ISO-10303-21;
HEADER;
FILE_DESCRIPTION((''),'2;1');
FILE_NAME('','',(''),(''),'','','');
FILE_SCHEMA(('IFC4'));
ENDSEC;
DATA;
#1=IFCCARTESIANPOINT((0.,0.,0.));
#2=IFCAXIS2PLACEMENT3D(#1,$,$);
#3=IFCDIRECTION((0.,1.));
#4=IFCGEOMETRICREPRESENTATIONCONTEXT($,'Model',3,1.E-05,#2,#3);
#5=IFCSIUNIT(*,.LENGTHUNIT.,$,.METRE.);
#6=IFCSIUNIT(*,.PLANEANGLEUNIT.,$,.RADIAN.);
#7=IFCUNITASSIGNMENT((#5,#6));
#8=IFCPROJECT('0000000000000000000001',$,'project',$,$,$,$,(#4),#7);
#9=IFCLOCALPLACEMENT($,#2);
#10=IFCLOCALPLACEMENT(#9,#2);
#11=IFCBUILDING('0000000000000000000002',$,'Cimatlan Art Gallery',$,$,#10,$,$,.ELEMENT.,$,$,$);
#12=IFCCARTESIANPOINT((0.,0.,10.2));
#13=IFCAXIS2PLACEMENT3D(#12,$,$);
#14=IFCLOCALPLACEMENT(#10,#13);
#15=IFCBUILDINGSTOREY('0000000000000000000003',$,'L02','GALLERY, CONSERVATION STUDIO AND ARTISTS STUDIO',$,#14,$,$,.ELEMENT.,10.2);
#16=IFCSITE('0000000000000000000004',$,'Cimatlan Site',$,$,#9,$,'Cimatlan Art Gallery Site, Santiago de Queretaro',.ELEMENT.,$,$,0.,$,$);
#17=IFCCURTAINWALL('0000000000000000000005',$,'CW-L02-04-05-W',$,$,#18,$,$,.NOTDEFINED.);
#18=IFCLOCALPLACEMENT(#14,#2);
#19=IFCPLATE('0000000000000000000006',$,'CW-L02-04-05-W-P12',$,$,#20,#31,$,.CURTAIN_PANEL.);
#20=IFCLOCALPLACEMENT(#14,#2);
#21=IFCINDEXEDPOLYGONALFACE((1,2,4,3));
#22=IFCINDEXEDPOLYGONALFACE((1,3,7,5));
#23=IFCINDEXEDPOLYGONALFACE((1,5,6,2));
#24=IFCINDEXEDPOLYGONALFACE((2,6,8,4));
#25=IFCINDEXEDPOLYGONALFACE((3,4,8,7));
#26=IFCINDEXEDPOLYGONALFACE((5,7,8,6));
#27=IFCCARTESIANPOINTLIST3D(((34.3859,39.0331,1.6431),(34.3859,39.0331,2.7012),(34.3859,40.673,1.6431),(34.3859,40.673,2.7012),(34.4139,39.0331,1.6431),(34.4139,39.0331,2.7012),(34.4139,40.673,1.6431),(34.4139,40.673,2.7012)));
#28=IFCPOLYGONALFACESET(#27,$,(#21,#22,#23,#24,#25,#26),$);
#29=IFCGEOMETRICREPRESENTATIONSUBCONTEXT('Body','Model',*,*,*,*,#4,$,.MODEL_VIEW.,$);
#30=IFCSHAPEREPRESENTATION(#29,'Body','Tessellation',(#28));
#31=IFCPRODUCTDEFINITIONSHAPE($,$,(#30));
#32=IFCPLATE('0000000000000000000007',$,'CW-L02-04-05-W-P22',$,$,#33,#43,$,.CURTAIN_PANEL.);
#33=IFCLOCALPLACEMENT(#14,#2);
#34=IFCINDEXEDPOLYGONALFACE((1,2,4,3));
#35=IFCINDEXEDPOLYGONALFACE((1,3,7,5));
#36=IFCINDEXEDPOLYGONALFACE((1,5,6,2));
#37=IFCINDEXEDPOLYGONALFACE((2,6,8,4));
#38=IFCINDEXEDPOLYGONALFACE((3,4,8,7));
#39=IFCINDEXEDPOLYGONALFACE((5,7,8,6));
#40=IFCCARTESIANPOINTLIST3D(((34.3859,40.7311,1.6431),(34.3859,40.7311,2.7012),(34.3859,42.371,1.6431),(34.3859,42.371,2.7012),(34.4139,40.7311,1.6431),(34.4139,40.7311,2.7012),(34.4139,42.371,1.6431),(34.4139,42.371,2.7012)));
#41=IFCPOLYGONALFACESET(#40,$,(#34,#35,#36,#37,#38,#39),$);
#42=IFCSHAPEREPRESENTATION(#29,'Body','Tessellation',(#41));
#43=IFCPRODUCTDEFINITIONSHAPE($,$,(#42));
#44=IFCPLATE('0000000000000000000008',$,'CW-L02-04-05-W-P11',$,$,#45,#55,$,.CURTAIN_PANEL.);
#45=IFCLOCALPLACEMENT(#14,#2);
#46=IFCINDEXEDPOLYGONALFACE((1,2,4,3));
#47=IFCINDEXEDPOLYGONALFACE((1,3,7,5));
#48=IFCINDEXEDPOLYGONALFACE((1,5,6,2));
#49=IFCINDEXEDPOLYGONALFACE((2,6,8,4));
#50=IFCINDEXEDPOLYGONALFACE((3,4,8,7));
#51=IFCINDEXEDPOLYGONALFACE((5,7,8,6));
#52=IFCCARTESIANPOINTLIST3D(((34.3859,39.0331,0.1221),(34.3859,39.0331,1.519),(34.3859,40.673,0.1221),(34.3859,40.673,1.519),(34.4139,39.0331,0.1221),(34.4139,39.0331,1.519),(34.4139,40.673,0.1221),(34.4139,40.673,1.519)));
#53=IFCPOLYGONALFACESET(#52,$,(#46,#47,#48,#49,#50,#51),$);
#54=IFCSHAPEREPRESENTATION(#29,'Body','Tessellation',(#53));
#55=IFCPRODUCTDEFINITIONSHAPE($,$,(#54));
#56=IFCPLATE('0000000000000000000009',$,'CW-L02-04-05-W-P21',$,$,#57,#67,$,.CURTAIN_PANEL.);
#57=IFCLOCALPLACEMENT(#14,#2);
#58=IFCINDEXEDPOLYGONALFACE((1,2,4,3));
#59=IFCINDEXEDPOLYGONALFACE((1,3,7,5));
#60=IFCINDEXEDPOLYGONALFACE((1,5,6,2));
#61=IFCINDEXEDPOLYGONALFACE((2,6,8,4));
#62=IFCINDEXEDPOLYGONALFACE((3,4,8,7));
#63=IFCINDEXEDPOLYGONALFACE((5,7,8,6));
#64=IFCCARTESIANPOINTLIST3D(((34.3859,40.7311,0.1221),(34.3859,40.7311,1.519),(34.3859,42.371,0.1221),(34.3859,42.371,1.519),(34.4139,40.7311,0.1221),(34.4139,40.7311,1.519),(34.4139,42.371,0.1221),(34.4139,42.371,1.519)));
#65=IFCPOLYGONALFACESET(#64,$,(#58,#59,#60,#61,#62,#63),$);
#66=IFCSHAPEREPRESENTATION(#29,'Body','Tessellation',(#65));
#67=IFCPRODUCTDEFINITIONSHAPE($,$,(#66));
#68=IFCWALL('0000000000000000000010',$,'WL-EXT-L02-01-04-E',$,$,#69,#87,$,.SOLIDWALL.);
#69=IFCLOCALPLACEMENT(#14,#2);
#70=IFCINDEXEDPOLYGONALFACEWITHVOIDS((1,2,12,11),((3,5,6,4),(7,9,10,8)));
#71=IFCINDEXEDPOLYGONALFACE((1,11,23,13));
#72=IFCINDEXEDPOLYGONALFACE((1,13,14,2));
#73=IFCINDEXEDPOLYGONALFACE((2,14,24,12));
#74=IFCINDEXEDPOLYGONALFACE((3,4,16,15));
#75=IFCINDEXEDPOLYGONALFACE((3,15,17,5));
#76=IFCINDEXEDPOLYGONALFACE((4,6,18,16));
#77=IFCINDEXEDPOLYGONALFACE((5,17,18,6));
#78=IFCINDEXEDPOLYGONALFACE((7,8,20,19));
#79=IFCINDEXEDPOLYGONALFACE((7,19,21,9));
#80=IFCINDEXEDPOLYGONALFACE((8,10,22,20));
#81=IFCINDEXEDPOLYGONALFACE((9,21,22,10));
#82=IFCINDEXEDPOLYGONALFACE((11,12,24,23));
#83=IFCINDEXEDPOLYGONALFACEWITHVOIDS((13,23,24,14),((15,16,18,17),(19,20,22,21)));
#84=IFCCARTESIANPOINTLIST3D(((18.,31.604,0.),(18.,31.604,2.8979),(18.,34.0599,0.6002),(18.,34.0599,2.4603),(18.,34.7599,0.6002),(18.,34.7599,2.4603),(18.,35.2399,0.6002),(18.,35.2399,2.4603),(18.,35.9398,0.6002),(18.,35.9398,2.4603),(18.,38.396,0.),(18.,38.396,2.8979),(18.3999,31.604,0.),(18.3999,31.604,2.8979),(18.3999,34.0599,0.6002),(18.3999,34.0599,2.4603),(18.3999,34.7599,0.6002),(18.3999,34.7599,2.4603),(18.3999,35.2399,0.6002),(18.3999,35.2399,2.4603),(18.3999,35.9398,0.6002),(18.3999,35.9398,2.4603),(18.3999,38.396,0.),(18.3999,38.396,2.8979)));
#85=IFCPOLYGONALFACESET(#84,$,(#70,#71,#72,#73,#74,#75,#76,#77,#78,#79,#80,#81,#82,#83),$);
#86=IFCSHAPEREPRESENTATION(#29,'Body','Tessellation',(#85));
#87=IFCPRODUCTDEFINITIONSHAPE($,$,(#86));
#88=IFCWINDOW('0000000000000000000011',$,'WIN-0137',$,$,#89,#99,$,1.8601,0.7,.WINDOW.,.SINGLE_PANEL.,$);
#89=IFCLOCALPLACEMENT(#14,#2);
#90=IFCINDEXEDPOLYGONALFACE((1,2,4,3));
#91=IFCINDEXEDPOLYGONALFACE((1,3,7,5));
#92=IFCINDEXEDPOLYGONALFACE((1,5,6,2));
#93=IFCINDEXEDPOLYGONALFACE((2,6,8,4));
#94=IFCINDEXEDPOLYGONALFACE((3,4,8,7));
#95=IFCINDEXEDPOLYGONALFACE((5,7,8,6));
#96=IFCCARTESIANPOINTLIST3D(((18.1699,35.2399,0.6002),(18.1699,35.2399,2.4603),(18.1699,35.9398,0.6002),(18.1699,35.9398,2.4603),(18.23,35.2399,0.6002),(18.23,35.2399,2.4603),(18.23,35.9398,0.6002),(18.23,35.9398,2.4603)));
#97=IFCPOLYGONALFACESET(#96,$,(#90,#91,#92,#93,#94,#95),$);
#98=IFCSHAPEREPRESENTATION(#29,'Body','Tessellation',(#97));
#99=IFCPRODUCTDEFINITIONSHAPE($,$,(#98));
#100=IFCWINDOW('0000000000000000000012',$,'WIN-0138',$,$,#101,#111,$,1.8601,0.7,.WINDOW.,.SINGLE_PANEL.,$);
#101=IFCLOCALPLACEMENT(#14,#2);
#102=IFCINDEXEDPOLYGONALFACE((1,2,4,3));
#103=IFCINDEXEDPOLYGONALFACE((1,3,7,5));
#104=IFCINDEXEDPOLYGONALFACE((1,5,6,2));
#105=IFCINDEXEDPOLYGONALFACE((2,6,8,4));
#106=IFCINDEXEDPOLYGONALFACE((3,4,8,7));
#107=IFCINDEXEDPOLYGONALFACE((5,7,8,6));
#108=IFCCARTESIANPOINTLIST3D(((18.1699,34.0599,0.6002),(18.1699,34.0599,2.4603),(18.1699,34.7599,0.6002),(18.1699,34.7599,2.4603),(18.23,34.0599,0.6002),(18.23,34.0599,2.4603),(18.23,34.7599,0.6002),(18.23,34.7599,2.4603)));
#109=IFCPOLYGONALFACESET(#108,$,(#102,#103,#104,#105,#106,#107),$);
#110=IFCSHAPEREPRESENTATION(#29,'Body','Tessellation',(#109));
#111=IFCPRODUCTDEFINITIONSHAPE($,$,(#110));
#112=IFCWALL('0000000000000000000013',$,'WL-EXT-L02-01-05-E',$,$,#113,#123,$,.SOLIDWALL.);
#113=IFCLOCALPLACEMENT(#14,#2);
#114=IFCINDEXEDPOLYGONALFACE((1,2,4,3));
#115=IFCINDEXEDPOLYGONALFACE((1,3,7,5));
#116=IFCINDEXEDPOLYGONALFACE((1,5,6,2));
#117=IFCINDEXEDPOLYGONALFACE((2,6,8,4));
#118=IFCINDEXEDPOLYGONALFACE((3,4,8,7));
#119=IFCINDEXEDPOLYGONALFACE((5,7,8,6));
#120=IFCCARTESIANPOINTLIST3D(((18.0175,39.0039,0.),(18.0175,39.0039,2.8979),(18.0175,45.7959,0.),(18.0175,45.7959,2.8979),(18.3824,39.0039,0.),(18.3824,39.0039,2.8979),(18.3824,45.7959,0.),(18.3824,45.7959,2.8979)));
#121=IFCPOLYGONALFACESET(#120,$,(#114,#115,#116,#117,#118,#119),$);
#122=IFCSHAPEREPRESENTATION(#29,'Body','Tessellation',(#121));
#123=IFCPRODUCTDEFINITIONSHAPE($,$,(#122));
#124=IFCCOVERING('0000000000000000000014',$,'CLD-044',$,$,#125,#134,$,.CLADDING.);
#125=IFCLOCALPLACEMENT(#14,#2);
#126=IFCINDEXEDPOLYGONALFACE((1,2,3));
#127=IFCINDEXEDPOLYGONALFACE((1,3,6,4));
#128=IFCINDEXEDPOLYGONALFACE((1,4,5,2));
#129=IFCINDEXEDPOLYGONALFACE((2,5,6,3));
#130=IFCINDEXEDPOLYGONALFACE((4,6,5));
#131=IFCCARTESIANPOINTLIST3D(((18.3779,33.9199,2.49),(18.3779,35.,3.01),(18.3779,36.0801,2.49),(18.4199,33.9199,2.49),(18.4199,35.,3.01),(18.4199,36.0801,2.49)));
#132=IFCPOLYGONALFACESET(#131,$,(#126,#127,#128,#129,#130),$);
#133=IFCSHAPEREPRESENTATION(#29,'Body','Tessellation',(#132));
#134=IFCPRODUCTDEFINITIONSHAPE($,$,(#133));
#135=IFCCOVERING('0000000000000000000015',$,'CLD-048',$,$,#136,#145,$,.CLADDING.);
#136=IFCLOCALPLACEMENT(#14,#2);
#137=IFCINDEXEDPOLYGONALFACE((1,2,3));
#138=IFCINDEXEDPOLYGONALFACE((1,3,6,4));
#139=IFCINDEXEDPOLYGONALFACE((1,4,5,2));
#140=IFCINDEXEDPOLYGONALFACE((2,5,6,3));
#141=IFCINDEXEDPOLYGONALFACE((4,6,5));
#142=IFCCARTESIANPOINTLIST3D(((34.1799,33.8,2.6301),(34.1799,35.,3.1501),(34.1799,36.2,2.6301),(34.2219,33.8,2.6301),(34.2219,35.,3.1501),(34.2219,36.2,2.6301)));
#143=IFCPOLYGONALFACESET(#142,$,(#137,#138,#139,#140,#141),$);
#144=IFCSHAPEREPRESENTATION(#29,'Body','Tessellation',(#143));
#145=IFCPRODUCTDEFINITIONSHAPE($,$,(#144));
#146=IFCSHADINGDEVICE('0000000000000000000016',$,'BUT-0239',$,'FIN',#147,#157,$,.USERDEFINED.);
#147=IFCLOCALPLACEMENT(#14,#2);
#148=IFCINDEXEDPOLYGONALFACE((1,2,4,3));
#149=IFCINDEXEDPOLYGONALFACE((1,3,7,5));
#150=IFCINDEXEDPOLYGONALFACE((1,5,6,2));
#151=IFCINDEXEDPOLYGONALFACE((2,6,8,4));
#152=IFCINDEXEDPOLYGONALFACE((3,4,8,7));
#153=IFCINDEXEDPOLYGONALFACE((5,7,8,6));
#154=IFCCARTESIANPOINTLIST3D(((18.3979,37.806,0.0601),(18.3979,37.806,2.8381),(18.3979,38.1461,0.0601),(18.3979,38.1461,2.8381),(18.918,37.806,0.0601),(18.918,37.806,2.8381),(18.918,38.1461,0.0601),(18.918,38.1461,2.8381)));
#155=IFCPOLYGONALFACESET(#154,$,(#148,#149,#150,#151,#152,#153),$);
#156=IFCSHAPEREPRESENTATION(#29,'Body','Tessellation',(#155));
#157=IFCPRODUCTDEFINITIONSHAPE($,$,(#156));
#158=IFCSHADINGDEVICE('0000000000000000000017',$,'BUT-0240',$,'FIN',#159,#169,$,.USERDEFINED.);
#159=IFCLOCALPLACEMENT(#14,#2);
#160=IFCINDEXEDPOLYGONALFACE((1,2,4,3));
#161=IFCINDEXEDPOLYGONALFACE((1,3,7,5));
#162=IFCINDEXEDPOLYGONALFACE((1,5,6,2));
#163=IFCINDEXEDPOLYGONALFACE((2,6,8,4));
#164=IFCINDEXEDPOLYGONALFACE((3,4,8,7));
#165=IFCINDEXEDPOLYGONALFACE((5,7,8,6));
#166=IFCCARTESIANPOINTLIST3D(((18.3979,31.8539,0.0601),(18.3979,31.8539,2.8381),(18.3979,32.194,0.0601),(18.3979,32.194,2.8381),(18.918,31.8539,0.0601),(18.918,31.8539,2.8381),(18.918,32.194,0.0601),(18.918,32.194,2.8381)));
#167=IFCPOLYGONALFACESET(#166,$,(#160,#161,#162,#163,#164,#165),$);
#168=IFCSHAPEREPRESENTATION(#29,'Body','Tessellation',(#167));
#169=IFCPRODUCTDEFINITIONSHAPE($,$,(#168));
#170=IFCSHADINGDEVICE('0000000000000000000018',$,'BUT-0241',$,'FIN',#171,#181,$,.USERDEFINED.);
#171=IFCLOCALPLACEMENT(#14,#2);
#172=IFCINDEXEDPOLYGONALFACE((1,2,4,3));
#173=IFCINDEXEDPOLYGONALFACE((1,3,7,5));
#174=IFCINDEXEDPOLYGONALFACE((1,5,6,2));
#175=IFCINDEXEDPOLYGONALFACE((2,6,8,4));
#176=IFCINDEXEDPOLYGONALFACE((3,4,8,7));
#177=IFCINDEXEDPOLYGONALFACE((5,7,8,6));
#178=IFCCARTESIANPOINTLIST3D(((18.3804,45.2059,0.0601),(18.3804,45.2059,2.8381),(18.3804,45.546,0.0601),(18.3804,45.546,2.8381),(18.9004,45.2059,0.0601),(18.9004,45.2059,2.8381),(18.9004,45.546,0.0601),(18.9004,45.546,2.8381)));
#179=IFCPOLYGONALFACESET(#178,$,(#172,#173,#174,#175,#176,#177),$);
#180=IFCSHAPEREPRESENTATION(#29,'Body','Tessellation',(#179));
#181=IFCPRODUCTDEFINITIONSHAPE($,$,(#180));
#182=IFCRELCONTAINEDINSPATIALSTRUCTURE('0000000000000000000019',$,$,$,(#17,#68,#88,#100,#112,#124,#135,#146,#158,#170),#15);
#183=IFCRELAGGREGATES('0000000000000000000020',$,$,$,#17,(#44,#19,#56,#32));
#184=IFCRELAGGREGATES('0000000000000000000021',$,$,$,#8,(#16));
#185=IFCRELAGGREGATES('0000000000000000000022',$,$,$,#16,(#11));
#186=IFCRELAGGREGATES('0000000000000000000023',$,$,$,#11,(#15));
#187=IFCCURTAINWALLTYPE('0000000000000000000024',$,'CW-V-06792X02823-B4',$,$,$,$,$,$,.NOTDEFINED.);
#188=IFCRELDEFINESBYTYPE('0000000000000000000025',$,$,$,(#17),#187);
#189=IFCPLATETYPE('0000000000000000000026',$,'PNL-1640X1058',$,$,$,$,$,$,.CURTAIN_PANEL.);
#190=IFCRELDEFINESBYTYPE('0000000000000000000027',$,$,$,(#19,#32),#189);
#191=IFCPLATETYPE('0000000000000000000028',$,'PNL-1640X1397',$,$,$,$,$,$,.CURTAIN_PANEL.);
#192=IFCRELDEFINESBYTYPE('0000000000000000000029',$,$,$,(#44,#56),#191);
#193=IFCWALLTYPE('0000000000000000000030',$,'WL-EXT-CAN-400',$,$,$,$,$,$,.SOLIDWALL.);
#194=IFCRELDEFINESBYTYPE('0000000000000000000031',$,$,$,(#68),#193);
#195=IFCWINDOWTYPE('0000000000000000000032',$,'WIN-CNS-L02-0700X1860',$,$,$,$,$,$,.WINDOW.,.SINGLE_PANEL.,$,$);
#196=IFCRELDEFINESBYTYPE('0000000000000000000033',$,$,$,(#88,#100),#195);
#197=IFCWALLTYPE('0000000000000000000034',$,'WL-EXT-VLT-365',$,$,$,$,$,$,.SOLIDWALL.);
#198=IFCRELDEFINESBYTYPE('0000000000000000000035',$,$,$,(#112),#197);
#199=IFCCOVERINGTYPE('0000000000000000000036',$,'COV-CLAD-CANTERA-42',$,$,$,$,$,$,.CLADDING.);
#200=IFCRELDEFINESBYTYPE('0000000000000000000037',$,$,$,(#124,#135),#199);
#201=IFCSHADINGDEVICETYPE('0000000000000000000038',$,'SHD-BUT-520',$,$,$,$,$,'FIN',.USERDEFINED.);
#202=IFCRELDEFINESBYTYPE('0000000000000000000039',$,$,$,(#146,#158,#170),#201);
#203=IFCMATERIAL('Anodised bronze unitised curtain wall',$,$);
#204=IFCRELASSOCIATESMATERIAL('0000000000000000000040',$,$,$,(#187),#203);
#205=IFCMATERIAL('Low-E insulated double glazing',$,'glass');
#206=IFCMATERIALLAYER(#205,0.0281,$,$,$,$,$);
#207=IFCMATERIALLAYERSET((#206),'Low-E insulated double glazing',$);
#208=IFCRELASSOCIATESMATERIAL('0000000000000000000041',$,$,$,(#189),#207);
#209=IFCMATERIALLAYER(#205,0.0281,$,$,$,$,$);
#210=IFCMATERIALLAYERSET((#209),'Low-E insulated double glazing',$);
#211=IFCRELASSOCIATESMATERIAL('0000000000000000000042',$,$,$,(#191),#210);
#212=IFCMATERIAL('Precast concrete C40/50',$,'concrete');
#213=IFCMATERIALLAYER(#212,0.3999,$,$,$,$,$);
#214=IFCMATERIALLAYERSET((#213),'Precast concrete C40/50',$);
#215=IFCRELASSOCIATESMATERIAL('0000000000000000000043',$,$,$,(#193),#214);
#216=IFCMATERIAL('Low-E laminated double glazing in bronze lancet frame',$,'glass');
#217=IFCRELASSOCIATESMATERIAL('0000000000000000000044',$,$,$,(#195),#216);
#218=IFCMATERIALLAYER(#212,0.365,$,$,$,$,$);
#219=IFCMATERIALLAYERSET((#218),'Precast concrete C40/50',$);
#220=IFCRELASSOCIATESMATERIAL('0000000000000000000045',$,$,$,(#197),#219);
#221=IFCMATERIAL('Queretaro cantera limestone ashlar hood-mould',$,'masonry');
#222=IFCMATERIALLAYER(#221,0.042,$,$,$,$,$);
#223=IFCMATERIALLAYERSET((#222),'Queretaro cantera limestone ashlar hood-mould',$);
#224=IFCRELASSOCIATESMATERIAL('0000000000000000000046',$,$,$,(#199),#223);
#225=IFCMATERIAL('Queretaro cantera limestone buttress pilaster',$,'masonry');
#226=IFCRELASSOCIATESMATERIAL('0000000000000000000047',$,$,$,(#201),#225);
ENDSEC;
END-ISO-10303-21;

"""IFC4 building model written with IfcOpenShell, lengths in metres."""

from ifc_helpers import new_model, si_unit, direction, frame, frame_2d, origin, origin_2d, place, context, subcontext, project, spatial, polyline, rectangle, outline, extrude, material, layer, layer_set, type_object, element, fill, aggregate, save


model = new_model("IFC4")

# Units and contexts
model_context = context("Model", 3, precision=1e-05, world=origin(), true_north=direction((0.0, 1.0)))
body_context = subcontext(model_context, "Body", "Model", "MODEL_VIEW")
ifc_project = project(units=[si_unit("LENGTHUNIT", "METRE"), si_unit("PLANEANGLEUNIT", "RADIAN")], contexts=[model_context])

# Site, building, storey
site_placement = place(None, origin())
site = spatial("IfcSite", under=ifc_project, at=site_placement, Name="Cimatlan Site", LongName="Cimatlan Art Gallery Site, Santiago de Queretaro", CompositionType="ELEMENT", RefElevation=0.0)
building_placement = place(site_placement, origin())
building = spatial("IfcBuilding", under=site, at=building_placement, Name="Cimatlan Art Gallery", CompositionType="ELEMENT")
storey_placement = place(building_placement, frame((0.0, 0.0, 10.2)))
storey = spatial("IfcBuildingStorey", under=building, at=storey_placement, Name="L02", Description="GALLERY, CONSERVATION STUDIO AND ARTISTS STUDIO", CompositionType="ELEMENT", Elevation=10.2)

# Curtain wall, plates
ifc_material_1 = material(Name="Anodised bronze unitised curtain wall")
curtain_wall_type = type_object("IfcCurtainWallType", Name="CW-V-06792X02823-B4", PredefinedType="NOTDEFINED", material=ifc_material_1)
curtain_wall_placement = place(storey_placement, origin())
curtain_wall = element("IfcCurtainWall", 1, at=curtain_wall_placement, inside=storey, type_object=curtain_wall_type, Name="CW-L02-04-05-W", PredefinedType="NOTDEFINED")
ifc_material_2 = material(Name="Low-E insulated double glazing", Category="glass")
ifc_layer_1 = layer(ifc_material_2, 0.0281)
ifc_layer_set_1 = layer_set([ifc_layer_1], Name="Low-E insulated double glazing")
plate_type_1 = type_object("IfcPlateType", Name="PNL-1640X1058", PredefinedType="CURTAIN_PANEL", material=ifc_layer_set_1)
plate_1_placement = place(storey_placement, frame((34.3999, 39.853, 1.6431), z_axis=(0.0, 0.0, 1.0), x_axis=(0.0, 1.0, 0.0)))
plate_1 = element("IfcPlate", 2, at=plate_1_placement, type_object=plate_type_1, Name="CW-L02-04-05-W-P12", PredefinedType="CURTAIN_PANEL", context=body_context, shape_type="SweptSolid", body=[
    extrude(rectangle(XDim=1.6399, YDim=0.0281, at=origin_2d()), origin(), (0.0, 0.0, 1.0), 1.0581),
])
plate_2_placement = place(storey_placement, frame((34.3999, 41.551, 1.6431), z_axis=(0.0, 0.0, 1.0), x_axis=(0.0, 1.0, 0.0)))
plate_2 = element("IfcPlate", 3, at=plate_2_placement, type_object=plate_type_1, Name="CW-L02-04-05-W-P22", PredefinedType="CURTAIN_PANEL", context=body_context, shape_type="SweptSolid", body=[
    extrude(rectangle(XDim=1.6399, YDim=0.0281, at=origin_2d()), origin(), (0.0, 0.0, 1.0), 1.0581),
])
ifc_layer_2 = layer(ifc_material_2, 0.0281)
ifc_layer_set_2 = layer_set([ifc_layer_2], Name="Low-E insulated double glazing")
plate_type_2 = type_object("IfcPlateType", Name="PNL-1640X1397", PredefinedType="CURTAIN_PANEL", material=ifc_layer_set_2)
plate_3_placement = place(storey_placement, frame((34.3999, 39.853, 0.1221), z_axis=(0.0, 0.0, 1.0), x_axis=(0.0, 1.0, 0.0)))
plate_3 = element("IfcPlate", 4, at=plate_3_placement, type_object=plate_type_2, Name="CW-L02-04-05-W-P11", PredefinedType="CURTAIN_PANEL", context=body_context, shape_type="SweptSolid", body=[
    extrude(rectangle(XDim=1.6399, YDim=0.0281, at=origin_2d()), origin(), (0.0, 0.0, 1.0), 1.397),
])
plate_4_placement = place(storey_placement, frame((34.3999, 41.551, 0.1221), z_axis=(0.0, 0.0, 1.0), x_axis=(0.0, 1.0, 0.0)))
plate_4 = element("IfcPlate", 5, at=plate_4_placement, type_object=plate_type_2, Name="CW-L02-04-05-W-P21", PredefinedType="CURTAIN_PANEL", context=body_context, shape_type="SweptSolid", body=[
    extrude(rectangle(XDim=1.6399, YDim=0.0281, at=origin_2d()), origin(), (0.0, 0.0, 1.0), 1.397),
])
aggregate(curtain_wall, [plate_3, plate_1, plate_4, plate_2])

# Wall, openings, windows
ifc_material_3 = material(Name="Precast concrete C40/50", Category="concrete")
ifc_layer_3 = layer(ifc_material_3, 0.3999)
ifc_layer_set_3 = layer_set([ifc_layer_3], Name="Precast concrete C40/50")
wall_type_1 = type_object("IfcWallType", Name="WL-EXT-CAN-400", PredefinedType="SOLIDWALL", material=ifc_layer_set_3)
wall_1_placement = place(storey_placement, frame((18.2, 38.396, 0.0), z_axis=(0.0, 0.0, 1.0), x_axis=(0.0, -1.0, 0.0)))
wall_1 = element("IfcWall", 6, at=wall_1_placement, inside=storey, type_object=wall_type_1, Name="WL-EXT-L02-01-04-E", PredefinedType="SOLIDWALL", context=body_context, shape_type="SweptSolid", body=[
    extrude(rectangle(XDim=6.792, YDim=0.3999, at=frame_2d((3.396, 0.0))), origin(), (0.0, 0.0, 1.0), 2.8979),
])
opening_1_placement = place(wall_1_placement, frame((2.4561, 0.0, 0.6001)))
opening_1 = element("IfcOpeningElement", 7, at=opening_1_placement, cuts=wall_1, PredefinedType="OPENING", context=body_context, shape_type="SweptSolid", body=[
    extrude(rectangle(XDim=0.7, YDim=1.8601, at=frame_2d((0.3501, 0.9302))), frame((0.0, 0.21, 0.0), z_axis=(0.0, -1.0, 0.0), x_axis=(1.0, 0.0, 0.0)), (0.0, 0.0, 1.0), 0.4199),
])
opening_2_placement = place(wall_1_placement, frame((3.636, 0.0, 0.6001)))
opening_2 = element("IfcOpeningElement", 8, at=opening_2_placement, cuts=wall_1, PredefinedType="OPENING", context=body_context, shape_type="SweptSolid", body=[
    extrude(rectangle(XDim=0.7, YDim=1.8601, at=frame_2d((0.3501, 0.9302))), frame((0.0, 0.21, 0.0), z_axis=(0.0, -1.0, 0.0), x_axis=(1.0, 0.0, 0.0)), (0.0, 0.0, 1.0), 0.4199),
])
ifc_material_4 = material(Name="Low-E laminated double glazing in bronze lancet frame", Category="glass")
window_type = type_object("IfcWindowType", Name="WIN-CNS-L02-0700X1860", PartitioningType="SINGLE_PANEL", PredefinedType="WINDOW", material=ifc_material_4)
window_1_placement = place(opening_1_placement, origin())
window_1 = element("IfcWindow", 9, at=window_1_placement, inside=storey, type_object=window_type, Name="WIN-0137", OverallHeight=1.8601, OverallWidth=0.7, PartitioningType="SINGLE_PANEL", PredefinedType="WINDOW", context=body_context, shape_type="SweptSolid", body=[
    extrude(rectangle(XDim=0.7, YDim=1.8601, at=frame_2d((0.3501, 0.9302))), frame((0.0, 0.03, 0.0), z_axis=(0.0, -1.0, 0.0), x_axis=(1.0, 0.0, 0.0)), (0.0, 0.0, 1.0), 0.0601),
])
fill(opening_1, window_1)
window_2_placement = place(opening_2_placement, origin())
window_2 = element("IfcWindow", 10, at=window_2_placement, inside=storey, type_object=window_type, Name="WIN-0138", OverallHeight=1.8601, OverallWidth=0.7, PartitioningType="SINGLE_PANEL", PredefinedType="WINDOW", context=body_context, shape_type="SweptSolid", body=[
    extrude(rectangle(XDim=0.7, YDim=1.8601, at=frame_2d((0.3501, 0.9302))), frame((0.0, 0.03, 0.0), z_axis=(0.0, -1.0, 0.0), x_axis=(1.0, 0.0, 0.0)), (0.0, 0.0, 1.0), 0.0601),
])
fill(opening_2, window_2)

# Wall
ifc_layer_4 = layer(ifc_material_3, 0.365)
ifc_layer_set_4 = layer_set([ifc_layer_4], Name="Precast concrete C40/50")
wall_type_2 = type_object("IfcWallType", Name="WL-EXT-VLT-365", PredefinedType="SOLIDWALL", material=ifc_layer_set_4)
wall_2_placement = place(storey_placement, frame((18.2, 45.7959, 0.0), z_axis=(0.0, 0.0, 1.0), x_axis=(0.0, -1.0, 0.0)))
element("IfcWall", 11, at=wall_2_placement, inside=storey, type_object=wall_type_2, Name="WL-EXT-L02-01-05-E", PredefinedType="SOLIDWALL", context=body_context, shape_type="SweptSolid", body=[
    extrude(rectangle(XDim=6.792, YDim=0.365, at=frame_2d((3.396, 0.0))), origin(), (0.0, 0.0, 1.0), 2.8979),
])

# Coverings
ifc_material_5 = material(Name="Queretaro cantera limestone ashlar hood-mould", Category="masonry")
ifc_layer_5 = layer(ifc_material_5, 0.042)
ifc_layer_set_5 = layer_set([ifc_layer_5], Name="Queretaro cantera limestone ashlar hood-mould")
covering_type = type_object("IfcCoveringType", Name="COV-CLAD-CANTERA-42", PredefinedType="CLADDING", material=ifc_layer_set_5)
covering_1_placement = place(storey_placement, frame((18.3779, 36.0801, 2.49), z_axis=(-1.0, 0.0, 0.0), x_axis=(0.0, -1.0, 0.0)))
element("IfcCovering", 12, at=covering_1_placement, inside=storey, type_object=covering_type, Name="CLD-044", PredefinedType="CLADDING", context=body_context, shape_type="SweptSolid", body=[
    extrude(outline(polyline([(0.0, 0.0), (2.1602, 0.0), (1.0801, 0.52), (0.0, 0.0)])), origin(), (0.0, 0.0, -1.0), 0.042),
])
covering_2_placement = place(storey_placement, frame((34.2219, 33.8, 2.6301), z_axis=(1.0, 0.0, 0.0), x_axis=(0.0, 1.0, 0.0)))
element("IfcCovering", 13, at=covering_2_placement, inside=storey, type_object=covering_type, Name="CLD-048", PredefinedType="CLADDING", context=body_context, shape_type="SweptSolid", body=[
    extrude(outline(polyline([(0.0, 0.0), (2.3999, 0.0), (1.2, 0.52), (0.0, 0.0)])), origin(), (0.0, 0.0, -1.0), 0.042),
])

# Shading devices
ifc_material_6 = material(Name="Queretaro cantera limestone buttress pilaster", Category="masonry")
shading_device_type_1 = type_object("IfcShadingDeviceType", Name="SHD-BUT-520", ElementType="FIN", PredefinedType="USERDEFINED", material=ifc_material_6)
for number, where, z_axis, x_axis, name in (
    (14, (18.658, 37.9761, 0.0601), (0.0, 0.0, 1.0), (0.0, -1.0, 0.0), "BUT-0239"),
    (15, (18.658, 32.0239, 0.0601), (0.0, 0.0, 1.0), (0.0, -1.0, 0.0), "BUT-0240"),
    (16, (18.6404, 45.376, 0.0601), (0.0, 0.0, 1.0), (0.0, -1.0, 0.0), "BUT-0241"),
):
    element("IfcShadingDevice", number, at=place(storey_placement, frame(where, z_axis=z_axis, x_axis=x_axis)), inside=storey, type_object=shading_device_type_1, Name=name, ObjectType="FIN", PredefinedType="USERDEFINED", context=body_context, shape_type="SweptSolid", body=[
        extrude(rectangle(XDim=0.3401, YDim=0.52, at=origin_2d()), origin(), (0.0, 0.0, 1.0), 2.7781),
    ])

save(model, "model.ifc")
